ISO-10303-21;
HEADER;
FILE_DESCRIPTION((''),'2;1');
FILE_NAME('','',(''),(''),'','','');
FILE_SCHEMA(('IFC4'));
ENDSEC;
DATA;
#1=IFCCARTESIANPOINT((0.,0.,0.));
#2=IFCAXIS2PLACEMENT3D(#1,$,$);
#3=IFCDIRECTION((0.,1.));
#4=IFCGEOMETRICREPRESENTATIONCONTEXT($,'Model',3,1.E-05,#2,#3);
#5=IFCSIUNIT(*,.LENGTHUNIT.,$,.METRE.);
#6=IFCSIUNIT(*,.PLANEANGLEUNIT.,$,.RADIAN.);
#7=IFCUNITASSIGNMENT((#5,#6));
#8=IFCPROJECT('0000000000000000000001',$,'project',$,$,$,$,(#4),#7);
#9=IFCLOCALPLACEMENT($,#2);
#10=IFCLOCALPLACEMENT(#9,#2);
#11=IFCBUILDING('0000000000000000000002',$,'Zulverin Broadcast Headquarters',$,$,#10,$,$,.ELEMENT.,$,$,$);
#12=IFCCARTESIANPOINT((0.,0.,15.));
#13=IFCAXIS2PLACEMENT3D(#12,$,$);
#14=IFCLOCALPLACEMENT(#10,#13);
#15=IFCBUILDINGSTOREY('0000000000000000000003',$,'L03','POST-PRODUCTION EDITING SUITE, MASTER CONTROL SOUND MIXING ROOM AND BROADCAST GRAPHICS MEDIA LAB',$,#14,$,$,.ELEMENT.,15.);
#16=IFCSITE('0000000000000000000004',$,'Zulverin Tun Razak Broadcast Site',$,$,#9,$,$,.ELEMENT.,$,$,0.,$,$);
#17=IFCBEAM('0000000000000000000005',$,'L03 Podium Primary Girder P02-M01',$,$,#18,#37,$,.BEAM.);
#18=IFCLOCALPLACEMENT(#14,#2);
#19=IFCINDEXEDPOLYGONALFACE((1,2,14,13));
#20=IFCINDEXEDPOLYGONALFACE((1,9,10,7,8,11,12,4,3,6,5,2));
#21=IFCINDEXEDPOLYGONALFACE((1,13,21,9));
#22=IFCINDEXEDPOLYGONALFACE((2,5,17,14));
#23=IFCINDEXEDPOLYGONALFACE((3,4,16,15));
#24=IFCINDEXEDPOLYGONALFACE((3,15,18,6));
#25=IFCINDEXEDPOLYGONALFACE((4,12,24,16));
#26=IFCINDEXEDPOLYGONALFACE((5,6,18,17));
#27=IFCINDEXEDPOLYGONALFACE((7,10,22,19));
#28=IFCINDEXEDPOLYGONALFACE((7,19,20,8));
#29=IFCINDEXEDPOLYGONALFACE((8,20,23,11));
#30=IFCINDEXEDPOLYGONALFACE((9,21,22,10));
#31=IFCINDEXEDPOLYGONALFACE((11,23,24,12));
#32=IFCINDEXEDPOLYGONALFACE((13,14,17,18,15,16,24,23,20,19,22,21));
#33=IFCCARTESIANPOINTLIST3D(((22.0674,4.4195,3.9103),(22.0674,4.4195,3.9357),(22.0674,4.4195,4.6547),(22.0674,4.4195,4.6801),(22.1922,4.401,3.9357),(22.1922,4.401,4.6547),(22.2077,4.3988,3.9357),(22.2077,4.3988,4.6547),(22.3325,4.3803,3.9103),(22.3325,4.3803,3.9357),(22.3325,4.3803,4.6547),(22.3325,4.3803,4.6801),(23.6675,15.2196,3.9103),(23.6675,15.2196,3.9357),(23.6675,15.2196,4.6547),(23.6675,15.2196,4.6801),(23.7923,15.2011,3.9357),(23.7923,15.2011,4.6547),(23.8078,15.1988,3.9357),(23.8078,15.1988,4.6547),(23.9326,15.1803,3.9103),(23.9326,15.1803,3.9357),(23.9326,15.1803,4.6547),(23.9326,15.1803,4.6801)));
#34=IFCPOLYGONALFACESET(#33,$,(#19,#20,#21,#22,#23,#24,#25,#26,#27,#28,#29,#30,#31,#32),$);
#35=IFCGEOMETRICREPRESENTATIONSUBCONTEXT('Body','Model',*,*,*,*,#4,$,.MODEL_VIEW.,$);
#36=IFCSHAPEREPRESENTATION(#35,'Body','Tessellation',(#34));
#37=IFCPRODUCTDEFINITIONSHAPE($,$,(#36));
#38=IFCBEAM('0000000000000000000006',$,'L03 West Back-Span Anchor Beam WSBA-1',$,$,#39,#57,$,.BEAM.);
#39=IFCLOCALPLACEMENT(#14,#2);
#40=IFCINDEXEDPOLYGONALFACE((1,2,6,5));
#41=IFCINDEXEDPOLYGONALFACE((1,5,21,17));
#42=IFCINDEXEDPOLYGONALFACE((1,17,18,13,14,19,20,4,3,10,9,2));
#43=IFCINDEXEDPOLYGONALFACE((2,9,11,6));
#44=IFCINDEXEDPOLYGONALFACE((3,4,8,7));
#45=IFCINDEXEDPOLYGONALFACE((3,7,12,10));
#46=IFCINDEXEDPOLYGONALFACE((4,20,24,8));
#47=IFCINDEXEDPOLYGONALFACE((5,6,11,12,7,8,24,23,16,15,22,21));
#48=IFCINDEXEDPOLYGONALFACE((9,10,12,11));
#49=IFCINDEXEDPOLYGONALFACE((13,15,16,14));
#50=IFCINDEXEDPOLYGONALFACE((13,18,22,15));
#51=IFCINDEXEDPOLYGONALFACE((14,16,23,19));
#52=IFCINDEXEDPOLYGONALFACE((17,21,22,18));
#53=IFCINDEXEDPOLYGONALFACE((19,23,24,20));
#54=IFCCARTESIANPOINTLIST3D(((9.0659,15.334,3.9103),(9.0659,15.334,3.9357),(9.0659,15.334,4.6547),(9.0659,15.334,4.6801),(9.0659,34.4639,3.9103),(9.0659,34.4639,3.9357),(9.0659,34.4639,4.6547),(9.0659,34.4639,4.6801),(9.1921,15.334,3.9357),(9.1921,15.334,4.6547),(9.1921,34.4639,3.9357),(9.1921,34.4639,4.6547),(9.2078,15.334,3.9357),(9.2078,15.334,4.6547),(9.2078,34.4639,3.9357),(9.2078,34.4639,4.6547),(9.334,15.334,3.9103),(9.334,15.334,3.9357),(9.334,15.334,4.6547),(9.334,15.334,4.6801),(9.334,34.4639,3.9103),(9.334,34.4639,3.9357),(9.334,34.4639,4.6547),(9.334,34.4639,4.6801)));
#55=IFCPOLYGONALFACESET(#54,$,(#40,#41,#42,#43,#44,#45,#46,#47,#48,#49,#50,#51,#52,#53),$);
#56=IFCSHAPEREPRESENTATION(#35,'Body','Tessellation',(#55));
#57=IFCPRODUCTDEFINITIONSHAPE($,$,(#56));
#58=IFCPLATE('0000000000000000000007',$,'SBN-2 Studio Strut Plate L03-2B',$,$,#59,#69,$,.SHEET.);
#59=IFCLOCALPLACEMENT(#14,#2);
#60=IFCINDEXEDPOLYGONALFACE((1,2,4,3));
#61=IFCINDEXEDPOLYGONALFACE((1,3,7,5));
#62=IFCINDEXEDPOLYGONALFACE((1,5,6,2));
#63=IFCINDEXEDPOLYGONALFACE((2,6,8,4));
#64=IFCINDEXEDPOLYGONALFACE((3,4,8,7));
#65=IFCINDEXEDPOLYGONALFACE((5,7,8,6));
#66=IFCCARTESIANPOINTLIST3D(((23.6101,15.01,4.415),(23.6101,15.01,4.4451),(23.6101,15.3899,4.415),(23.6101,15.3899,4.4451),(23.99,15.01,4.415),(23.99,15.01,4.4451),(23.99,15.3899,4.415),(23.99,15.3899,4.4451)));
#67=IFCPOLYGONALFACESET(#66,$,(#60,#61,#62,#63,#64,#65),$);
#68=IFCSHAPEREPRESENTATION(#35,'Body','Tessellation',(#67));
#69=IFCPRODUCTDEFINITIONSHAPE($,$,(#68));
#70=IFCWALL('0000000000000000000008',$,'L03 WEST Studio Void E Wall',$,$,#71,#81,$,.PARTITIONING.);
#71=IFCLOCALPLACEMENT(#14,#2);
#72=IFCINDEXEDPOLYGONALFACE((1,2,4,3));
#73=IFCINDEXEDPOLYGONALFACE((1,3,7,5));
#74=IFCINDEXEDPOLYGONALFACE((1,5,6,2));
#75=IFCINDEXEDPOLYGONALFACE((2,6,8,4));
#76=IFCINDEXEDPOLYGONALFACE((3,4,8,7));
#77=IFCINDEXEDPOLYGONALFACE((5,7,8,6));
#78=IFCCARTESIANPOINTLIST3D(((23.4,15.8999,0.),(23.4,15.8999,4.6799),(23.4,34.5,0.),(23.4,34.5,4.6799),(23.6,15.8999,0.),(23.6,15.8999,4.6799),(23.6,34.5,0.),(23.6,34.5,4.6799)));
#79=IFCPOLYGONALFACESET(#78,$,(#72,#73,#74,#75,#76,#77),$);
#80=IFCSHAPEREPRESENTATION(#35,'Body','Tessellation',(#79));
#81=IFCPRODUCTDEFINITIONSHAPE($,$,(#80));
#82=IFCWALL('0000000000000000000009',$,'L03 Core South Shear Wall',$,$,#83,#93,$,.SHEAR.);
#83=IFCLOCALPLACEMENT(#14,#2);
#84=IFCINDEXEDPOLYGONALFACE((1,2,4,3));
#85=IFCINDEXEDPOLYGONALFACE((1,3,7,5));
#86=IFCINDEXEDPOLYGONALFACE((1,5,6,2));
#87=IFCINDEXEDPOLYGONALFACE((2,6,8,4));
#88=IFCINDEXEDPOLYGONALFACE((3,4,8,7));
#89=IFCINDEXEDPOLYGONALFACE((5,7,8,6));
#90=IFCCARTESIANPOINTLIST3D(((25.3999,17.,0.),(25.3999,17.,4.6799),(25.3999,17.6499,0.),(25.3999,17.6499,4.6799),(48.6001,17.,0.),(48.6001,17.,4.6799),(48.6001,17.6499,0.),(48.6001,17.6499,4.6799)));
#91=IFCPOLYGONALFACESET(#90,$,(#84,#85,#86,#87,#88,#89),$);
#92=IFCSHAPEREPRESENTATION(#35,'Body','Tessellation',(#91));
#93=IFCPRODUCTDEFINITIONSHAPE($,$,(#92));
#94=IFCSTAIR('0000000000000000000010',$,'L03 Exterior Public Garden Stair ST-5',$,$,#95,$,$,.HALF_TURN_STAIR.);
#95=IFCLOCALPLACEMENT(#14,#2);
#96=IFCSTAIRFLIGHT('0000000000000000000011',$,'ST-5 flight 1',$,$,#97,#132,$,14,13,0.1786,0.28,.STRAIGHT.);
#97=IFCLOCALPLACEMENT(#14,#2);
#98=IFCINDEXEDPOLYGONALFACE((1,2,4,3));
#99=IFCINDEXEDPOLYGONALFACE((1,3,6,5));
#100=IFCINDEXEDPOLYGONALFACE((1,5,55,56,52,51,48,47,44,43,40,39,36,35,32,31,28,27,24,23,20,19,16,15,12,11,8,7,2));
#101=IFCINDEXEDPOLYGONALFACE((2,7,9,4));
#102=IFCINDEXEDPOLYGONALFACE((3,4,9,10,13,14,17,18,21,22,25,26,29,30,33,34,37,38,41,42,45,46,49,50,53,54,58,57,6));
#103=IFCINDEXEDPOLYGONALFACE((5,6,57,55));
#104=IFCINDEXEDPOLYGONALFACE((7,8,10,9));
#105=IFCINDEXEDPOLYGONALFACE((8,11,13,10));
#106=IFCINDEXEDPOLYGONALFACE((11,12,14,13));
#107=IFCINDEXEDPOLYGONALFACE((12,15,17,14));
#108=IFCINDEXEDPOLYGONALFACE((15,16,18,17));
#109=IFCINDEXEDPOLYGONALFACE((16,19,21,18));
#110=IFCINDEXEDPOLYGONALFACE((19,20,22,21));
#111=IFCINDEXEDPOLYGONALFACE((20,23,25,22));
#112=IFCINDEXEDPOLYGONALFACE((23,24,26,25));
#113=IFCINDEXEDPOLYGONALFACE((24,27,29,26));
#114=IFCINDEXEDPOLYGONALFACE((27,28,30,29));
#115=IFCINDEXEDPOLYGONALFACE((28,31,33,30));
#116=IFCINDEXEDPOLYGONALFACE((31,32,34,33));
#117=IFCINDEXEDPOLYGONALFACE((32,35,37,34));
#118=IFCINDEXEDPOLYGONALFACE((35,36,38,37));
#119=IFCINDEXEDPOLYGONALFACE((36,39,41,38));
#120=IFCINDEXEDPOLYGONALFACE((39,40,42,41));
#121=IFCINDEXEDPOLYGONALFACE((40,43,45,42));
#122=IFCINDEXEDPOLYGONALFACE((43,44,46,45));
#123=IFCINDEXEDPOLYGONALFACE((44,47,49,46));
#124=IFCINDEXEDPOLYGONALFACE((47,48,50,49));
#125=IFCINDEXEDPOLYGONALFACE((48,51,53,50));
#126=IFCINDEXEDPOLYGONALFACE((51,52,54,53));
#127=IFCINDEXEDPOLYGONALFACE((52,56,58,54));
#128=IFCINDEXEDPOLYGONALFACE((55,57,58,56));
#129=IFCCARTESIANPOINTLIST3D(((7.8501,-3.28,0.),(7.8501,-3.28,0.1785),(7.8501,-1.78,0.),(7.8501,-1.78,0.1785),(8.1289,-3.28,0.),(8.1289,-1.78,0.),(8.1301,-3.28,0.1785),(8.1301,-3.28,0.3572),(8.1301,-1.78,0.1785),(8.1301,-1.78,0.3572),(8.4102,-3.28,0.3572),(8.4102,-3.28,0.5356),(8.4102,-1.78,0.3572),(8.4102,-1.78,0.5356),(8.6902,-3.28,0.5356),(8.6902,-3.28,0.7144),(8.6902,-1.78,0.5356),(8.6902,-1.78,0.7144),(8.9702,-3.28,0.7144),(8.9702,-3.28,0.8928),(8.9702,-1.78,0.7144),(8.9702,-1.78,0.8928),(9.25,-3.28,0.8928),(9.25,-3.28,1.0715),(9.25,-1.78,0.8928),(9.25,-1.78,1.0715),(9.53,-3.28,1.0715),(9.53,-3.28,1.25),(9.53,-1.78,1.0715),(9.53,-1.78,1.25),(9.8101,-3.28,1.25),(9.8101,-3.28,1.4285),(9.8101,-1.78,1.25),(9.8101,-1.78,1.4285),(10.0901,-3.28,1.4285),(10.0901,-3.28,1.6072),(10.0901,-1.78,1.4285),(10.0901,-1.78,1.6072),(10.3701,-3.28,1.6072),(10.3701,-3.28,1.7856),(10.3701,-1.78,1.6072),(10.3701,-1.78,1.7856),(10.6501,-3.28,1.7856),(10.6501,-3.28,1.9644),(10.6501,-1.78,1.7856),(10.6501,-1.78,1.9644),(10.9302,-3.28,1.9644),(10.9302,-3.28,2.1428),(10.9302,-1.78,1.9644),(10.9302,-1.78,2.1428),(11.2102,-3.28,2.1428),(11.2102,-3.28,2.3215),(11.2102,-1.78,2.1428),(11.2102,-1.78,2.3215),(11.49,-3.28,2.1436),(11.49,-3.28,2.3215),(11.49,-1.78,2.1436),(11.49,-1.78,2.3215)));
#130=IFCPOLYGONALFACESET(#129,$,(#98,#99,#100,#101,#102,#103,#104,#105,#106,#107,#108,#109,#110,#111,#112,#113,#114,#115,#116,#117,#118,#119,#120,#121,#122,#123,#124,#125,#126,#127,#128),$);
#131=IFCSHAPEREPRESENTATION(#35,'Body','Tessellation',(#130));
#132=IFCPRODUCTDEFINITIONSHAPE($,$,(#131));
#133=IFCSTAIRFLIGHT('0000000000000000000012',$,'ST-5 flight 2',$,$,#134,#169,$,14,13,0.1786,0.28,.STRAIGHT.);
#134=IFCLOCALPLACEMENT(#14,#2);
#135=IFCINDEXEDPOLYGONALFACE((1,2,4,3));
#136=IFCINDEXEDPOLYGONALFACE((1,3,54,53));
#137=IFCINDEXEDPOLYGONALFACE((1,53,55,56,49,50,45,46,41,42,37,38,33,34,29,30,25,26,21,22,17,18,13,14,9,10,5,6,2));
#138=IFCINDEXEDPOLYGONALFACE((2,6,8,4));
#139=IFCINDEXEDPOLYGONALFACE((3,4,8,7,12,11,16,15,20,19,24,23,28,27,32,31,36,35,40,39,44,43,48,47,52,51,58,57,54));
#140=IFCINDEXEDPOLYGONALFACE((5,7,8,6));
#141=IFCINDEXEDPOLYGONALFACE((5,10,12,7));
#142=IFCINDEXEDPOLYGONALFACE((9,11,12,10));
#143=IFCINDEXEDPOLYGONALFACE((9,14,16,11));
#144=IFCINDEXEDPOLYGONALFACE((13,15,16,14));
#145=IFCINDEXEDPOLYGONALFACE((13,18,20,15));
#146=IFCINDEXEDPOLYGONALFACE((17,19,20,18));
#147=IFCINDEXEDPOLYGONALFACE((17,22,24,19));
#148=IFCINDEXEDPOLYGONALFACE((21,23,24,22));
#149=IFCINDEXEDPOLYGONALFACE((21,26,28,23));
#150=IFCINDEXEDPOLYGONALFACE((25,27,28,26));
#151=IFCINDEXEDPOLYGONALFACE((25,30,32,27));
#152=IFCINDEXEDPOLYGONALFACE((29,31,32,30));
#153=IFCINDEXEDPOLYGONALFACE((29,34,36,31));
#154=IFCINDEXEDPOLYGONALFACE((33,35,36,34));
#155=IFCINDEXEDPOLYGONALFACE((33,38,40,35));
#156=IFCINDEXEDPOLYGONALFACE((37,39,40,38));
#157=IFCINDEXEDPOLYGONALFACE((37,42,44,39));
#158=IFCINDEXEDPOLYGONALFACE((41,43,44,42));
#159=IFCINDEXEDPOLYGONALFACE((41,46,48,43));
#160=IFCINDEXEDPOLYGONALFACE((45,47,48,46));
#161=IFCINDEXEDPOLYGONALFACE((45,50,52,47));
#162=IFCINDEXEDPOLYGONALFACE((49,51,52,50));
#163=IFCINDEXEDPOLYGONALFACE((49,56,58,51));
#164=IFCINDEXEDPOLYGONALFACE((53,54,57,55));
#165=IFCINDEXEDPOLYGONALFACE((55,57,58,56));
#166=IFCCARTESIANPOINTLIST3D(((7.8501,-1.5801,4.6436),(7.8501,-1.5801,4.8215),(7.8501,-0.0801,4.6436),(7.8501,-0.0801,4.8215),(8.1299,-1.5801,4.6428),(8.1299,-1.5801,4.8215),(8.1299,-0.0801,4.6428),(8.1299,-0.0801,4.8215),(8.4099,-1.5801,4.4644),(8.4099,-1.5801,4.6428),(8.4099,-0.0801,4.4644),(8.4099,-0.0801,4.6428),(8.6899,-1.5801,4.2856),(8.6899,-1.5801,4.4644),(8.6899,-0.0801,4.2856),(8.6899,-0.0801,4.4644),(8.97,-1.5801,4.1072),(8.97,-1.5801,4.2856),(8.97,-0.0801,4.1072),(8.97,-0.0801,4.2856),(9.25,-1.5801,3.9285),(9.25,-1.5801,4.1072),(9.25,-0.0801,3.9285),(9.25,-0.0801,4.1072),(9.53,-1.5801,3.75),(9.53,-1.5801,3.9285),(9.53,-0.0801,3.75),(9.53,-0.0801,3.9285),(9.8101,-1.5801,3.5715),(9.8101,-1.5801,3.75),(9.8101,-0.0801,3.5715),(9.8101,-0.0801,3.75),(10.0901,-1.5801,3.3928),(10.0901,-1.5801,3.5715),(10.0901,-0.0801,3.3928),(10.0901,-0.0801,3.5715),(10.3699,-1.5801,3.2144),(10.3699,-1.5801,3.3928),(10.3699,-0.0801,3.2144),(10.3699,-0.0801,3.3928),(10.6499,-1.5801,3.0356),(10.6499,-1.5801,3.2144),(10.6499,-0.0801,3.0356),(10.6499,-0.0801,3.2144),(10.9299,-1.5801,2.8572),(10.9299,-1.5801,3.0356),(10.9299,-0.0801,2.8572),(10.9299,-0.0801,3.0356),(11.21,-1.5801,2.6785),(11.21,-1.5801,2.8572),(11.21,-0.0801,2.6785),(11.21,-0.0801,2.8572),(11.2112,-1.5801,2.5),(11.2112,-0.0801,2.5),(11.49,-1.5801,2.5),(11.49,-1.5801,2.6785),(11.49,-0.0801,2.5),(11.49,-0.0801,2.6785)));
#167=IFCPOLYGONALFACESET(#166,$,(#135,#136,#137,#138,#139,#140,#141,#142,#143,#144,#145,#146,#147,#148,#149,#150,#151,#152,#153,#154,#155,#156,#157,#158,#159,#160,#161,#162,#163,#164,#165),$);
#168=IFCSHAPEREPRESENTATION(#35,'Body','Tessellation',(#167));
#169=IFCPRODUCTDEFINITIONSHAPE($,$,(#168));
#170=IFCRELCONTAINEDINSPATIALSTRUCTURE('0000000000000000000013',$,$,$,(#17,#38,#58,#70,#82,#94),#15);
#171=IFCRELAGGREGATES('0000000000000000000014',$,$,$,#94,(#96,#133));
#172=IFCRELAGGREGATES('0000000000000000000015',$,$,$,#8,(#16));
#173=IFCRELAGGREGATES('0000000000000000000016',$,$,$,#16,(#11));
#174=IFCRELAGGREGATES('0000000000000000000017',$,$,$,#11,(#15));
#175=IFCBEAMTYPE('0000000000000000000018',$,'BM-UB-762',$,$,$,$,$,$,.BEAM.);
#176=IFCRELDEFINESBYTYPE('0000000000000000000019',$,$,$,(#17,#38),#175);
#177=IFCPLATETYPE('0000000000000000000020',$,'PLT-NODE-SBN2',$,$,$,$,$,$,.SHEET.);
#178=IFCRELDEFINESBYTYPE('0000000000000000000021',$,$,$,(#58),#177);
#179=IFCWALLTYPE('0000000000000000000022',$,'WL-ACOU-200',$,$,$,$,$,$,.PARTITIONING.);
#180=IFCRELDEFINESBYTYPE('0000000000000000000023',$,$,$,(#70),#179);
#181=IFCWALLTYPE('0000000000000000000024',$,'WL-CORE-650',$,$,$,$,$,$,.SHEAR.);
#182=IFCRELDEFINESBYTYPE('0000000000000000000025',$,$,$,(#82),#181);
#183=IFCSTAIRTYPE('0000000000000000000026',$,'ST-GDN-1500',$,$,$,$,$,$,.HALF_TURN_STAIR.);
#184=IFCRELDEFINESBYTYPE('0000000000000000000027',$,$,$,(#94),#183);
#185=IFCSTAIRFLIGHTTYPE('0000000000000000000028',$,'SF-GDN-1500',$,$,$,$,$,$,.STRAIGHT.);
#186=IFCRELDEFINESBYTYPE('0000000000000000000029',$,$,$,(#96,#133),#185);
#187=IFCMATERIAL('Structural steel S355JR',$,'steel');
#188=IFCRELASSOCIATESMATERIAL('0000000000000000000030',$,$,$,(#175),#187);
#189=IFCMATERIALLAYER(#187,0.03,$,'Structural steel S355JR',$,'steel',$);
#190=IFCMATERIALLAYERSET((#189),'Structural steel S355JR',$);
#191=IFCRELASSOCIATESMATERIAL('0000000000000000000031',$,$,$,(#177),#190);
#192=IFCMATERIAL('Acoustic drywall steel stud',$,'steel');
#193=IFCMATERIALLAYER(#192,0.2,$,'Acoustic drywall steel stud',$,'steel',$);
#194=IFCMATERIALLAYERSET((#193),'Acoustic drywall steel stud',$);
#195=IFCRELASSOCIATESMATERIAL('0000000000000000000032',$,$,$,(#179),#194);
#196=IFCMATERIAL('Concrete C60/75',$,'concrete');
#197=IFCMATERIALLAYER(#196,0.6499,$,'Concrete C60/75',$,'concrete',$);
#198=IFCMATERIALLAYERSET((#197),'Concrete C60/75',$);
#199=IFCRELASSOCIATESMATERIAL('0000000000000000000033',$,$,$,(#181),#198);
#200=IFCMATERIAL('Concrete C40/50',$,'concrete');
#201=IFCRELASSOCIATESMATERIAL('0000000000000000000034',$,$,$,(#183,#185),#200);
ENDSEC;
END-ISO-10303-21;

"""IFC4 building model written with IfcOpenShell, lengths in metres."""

from ifc_helpers import new_model, si_unit, direction, frame, frame_2d, origin, origin_2d, place, context, subcontext, project, spatial, polyline, rectangle, i_section, outline, extrude, material, layer, layer_set, material_profile, profile_set, type_object, element, aggregate, save


model = new_model("IFC4")

# Units and contexts
model_context = context("Model", 3, precision=1e-05, world=origin(), true_north=direction((0.0, 1.0)))
body_context = subcontext(model_context, "Body", "Model", "MODEL_VIEW")
ifc_project = project(units=[si_unit("LENGTHUNIT", "METRE"), si_unit("PLANEANGLEUNIT", "RADIAN")], contexts=[model_context])

# Site, building, storey
site_placement = place(None, origin())
site = spatial("IfcSite", under=ifc_project, at=site_placement, Name="Zulverin Tun Razak Broadcast Site", CompositionType="ELEMENT", RefElevation=0.0)
building_placement = place(site_placement, origin())
building = spatial("IfcBuilding", under=site, at=building_placement, Name="Zulverin Broadcast Headquarters", CompositionType="ELEMENT")
storey_placement = place(building_placement, frame((0.0, 0.0, 15.0)))
storey = spatial("IfcBuildingStorey", under=building, at=storey_placement, Name="L03", Description="POST-PRODUCTION EDITING SUITE, MASTER CONTROL SOUND MIXING ROOM AND BROADCAST GRAPHICS MEDIA LAB", CompositionType="ELEMENT", Elevation=15.0)

# Shared definitions
ifc_material_1 = material(Name="Concrete C60/75", Category="concrete")
ifc_material_2 = material(Name="Structural steel S355JR", Category="steel")

# Beams
ifc_material_profile_1 = material_profile(ifc_material_2, i_section(OverallWidth=0.2681, OverallDepth=0.7698, WebThickness=0.0156, FlangeThickness=0.0254, at=origin_2d()), Name="Structural steel S355JR", Category="steel")
ifc_profile_set_1 = profile_set([ifc_material_profile_1], Name="Structural steel S355JR")
beam_type_1 = type_object("IfcBeamType", Name="BM-UB-762", PredefinedType="BEAM", material=ifc_profile_set_1)
beam_1_placement = place(storey_placement, frame((22.2, 4.3999, 4.2952), z_axis=(0.146557, 0.989202, 0.0), x_axis=(-0.989202, 0.146557, 0.0)))
element("IfcBeam", 1, at=beam_1_placement, inside=storey, type_object=beam_type_1, Name="L03 Podium Primary Girder P02-M01", PredefinedType="BEAM", context=body_context, shape_type="SweptSolid", body=[
    extrude(i_section(OverallWidth=0.2681, OverallDepth=0.7698, WebThickness=0.0156, FlangeThickness=0.0254, at=origin_2d()), origin(), (0.0, 0.0, 1.0), 10.918),
])
beam_2_placement = place(storey_placement, frame((9.2, 15.334, 4.2952), z_axis=(0.0, 1.0, 0.0), x_axis=(-1.0, 0.0, 0.0)))
element("IfcBeam", 2, at=beam_2_placement, inside=storey, type_object=beam_type_1, Name="L03 West Back-Span Anchor Beam WSBA-1", PredefinedType="BEAM", context=body_context, shape_type="SweptSolid", body=[
    extrude(i_section(OverallWidth=0.2681, OverallDepth=0.7698, WebThickness=0.0156, FlangeThickness=0.0254, at=origin_2d()), origin(), (0.0, 0.0, 1.0), 19.1299),
])

# Plate
ifc_layer_1 = layer(ifc_material_2, 0.03, Name="Structural steel S355JR", Category="steel")
ifc_layer_set_1 = layer_set([ifc_layer_1], Name="Structural steel S355JR")
plate_type = type_object("IfcPlateType", Name="PLT-NODE-SBN2", PredefinedType="SHEET", material=ifc_layer_set_1)
plate_placement = place(storey_placement, frame((23.8, 15.2, 4.415), z_axis=(0.0, 0.0, 1.0), x_axis=(1.0, 0.0, 0.0)))
element("IfcPlate", 3, at=plate_placement, inside=storey, type_object=plate_type, Name="SBN-2 Studio Strut Plate L03-2B", PredefinedType="SHEET", context=body_context, shape_type="SweptSolid", body=[
    extrude(rectangle(XDim=0.3799, YDim=0.3799, at=origin_2d()), origin(), (0.0, 0.0, 1.0), 0.03),
])

# Walls
ifc_material_3 = material(Name="Acoustic drywall steel stud", Category="steel")
ifc_layer_2 = layer(ifc_material_3, 0.2, Name="Acoustic drywall steel stud", Category="steel")
ifc_layer_set_2 = layer_set([ifc_layer_2], Name="Acoustic drywall steel stud")
wall_type_1 = type_object("IfcWallType", Name="WL-ACOU-200", PredefinedType="PARTITIONING", material=ifc_layer_set_2)
wall_1_placement = place(storey_placement, frame((23.5, 15.8999, 0.0), z_axis=(0.0, 0.0, 1.0), x_axis=(0.0, 1.0, 0.0)))
element("IfcWall", 4, at=wall_1_placement, inside=storey, type_object=wall_type_1, Name="L03 WEST Studio Void E Wall", PredefinedType="PARTITIONING", context=body_context, shape_type="SweptSolid", body=[
    extrude(rectangle(XDim=18.6001, YDim=0.2, at=frame_2d((9.3, 0.0))), origin(), (0.0, 0.0, 1.0), 4.6799),
])
ifc_layer_3 = layer(ifc_material_1, 0.6499, Name="Concrete C60/75", Category="concrete")
ifc_layer_set_3 = layer_set([ifc_layer_3], Name="Concrete C60/75")
wall_type_2 = type_object("IfcWallType", Name="WL-CORE-650", PredefinedType="SHEAR", material=ifc_layer_set_3)
wall_2_placement = place(storey_placement, frame((25.3999, 17.325, 0.0), z_axis=(0.0, 0.0, 1.0), x_axis=(1.0, 0.0, 0.0)))
element("IfcWall", 5, at=wall_2_placement, inside=storey, type_object=wall_type_2, Name="L03 Core South Shear Wall", PredefinedType="SHEAR", context=body_context, shape_type="SweptSolid", body=[
    extrude(rectangle(XDim=23.2002, YDim=0.6499, at=frame_2d((11.6001, 0.0))), origin(), (0.0, 0.0, 1.0), 4.6799),
])

# Stair, stair flights
ifc_material_4 = material(Name="Concrete C40/50", Category="concrete")
stair_type = type_object("IfcStairType", Name="ST-GDN-1500", PredefinedType="HALF_TURN_STAIR", material=ifc_material_4)
stair_placement = place(storey_placement, origin())
stair = element("IfcStair", 6, at=stair_placement, inside=storey, type_object=stair_type, Name="L03 Exterior Public Garden Stair ST-5", PredefinedType="HALF_TURN_STAIR")
stair_flight_type = type_object("IfcStairFlightType", Name="SF-GDN-1500", PredefinedType="STRAIGHT", material=ifc_material_4)
stair_flight_1_placement = place(storey_placement, frame((7.8501, -2.53, 0.0), z_axis=(0.0, 0.0, 1.0), x_axis=(1.0, 0.0, 0.0)))
stair_flight_1 = element("IfcStairFlight", 7, at=stair_flight_1_placement, type_object=stair_flight_type, Name="ST-5 flight 1", NumberOfRisers=14, NumberOfTreads=13, PredefinedType="STRAIGHT", RiserHeight=0.1786, TreadLength=0.28, context=body_context, shape_type="SweptSolid", body=[
    extrude(outline(polyline([(0.0, 0.0), (0.0, 0.1785), (0.28, 0.1785), (0.28, 0.3572), (0.5601, 0.3572), (0.5601, 0.5356), (0.8401, 0.5356), (0.8401, 0.7144), (1.1201, 0.7144), (1.1201, 0.8928), (1.3999, 0.8928), (1.3999, 1.0715), (1.6799, 1.0715), (1.6799, 1.25), (1.96, 1.25), (1.96, 1.4285), (2.24, 1.4285), (2.24, 1.6072), (2.52, 1.6072), (2.52, 1.7856), (2.8, 1.7856), (2.8, 1.9644), (3.0801, 1.9644), (3.0801, 2.1428), (3.3601, 2.1428), (3.3601, 2.3215), (3.6399, 2.3215), (3.6399, 2.5), (3.6399, 2.1436), (0.2788, 0.0), (0.0, 0.0)])), frame((0.0, 0.75, 0.0), z_axis=(0.0, -1.0, 0.0), x_axis=(1.0, 0.0, 0.0)), (0.0, 0.0, 1.0), 1.5),
])
stair_flight_2_placement = place(storey_placement, frame((11.49, -0.8301, 2.5), z_axis=(0.0, 0.0, 1.0), x_axis=(-1.0, 0.0, 0.0)))
stair_flight_2 = element("IfcStairFlight", 8, at=stair_flight_2_placement, type_object=stair_flight_type, Name="ST-5 flight 2", NumberOfRisers=14, NumberOfTreads=13, PredefinedType="STRAIGHT", RiserHeight=0.1786, TreadLength=0.28, context=body_context, shape_type="SweptSolid", body=[
    extrude(outline(polyline([(0.0, 0.0), (0.0, 0.1785), (0.28, 0.1785), (0.28, 0.3572), (0.5601, 0.3572), (0.5601, 0.5356), (0.8401, 0.5356), (0.8401, 0.7144), (1.1201, 0.7144), (1.1201, 0.8928), (1.3999, 0.8928), (1.3999, 1.0715), (1.6799, 1.0715), (1.6799, 1.25), (1.96, 1.25), (1.96, 1.4285), (2.24, 1.4285), (2.24, 1.6072), (2.52, 1.6072), (2.52, 1.7856), (2.8, 1.7856), (2.8, 1.9644), (3.0801, 1.9644), (3.0801, 2.1428), (3.3601, 2.1428), (3.3601, 2.3215), (3.6399, 2.3215), (3.6399, 2.5), (3.6399, 2.1436), (0.2788, 0.0), (0.0, 0.0)])), frame((0.0, 0.75, 0.0), z_axis=(0.0, -1.0, 0.0), x_axis=(1.0, 0.0, 0.0)), (0.0, 0.0, 1.0), 1.5),
])
aggregate(stair, [stair_flight_1, stair_flight_2])

save(model, "model.ifc")
